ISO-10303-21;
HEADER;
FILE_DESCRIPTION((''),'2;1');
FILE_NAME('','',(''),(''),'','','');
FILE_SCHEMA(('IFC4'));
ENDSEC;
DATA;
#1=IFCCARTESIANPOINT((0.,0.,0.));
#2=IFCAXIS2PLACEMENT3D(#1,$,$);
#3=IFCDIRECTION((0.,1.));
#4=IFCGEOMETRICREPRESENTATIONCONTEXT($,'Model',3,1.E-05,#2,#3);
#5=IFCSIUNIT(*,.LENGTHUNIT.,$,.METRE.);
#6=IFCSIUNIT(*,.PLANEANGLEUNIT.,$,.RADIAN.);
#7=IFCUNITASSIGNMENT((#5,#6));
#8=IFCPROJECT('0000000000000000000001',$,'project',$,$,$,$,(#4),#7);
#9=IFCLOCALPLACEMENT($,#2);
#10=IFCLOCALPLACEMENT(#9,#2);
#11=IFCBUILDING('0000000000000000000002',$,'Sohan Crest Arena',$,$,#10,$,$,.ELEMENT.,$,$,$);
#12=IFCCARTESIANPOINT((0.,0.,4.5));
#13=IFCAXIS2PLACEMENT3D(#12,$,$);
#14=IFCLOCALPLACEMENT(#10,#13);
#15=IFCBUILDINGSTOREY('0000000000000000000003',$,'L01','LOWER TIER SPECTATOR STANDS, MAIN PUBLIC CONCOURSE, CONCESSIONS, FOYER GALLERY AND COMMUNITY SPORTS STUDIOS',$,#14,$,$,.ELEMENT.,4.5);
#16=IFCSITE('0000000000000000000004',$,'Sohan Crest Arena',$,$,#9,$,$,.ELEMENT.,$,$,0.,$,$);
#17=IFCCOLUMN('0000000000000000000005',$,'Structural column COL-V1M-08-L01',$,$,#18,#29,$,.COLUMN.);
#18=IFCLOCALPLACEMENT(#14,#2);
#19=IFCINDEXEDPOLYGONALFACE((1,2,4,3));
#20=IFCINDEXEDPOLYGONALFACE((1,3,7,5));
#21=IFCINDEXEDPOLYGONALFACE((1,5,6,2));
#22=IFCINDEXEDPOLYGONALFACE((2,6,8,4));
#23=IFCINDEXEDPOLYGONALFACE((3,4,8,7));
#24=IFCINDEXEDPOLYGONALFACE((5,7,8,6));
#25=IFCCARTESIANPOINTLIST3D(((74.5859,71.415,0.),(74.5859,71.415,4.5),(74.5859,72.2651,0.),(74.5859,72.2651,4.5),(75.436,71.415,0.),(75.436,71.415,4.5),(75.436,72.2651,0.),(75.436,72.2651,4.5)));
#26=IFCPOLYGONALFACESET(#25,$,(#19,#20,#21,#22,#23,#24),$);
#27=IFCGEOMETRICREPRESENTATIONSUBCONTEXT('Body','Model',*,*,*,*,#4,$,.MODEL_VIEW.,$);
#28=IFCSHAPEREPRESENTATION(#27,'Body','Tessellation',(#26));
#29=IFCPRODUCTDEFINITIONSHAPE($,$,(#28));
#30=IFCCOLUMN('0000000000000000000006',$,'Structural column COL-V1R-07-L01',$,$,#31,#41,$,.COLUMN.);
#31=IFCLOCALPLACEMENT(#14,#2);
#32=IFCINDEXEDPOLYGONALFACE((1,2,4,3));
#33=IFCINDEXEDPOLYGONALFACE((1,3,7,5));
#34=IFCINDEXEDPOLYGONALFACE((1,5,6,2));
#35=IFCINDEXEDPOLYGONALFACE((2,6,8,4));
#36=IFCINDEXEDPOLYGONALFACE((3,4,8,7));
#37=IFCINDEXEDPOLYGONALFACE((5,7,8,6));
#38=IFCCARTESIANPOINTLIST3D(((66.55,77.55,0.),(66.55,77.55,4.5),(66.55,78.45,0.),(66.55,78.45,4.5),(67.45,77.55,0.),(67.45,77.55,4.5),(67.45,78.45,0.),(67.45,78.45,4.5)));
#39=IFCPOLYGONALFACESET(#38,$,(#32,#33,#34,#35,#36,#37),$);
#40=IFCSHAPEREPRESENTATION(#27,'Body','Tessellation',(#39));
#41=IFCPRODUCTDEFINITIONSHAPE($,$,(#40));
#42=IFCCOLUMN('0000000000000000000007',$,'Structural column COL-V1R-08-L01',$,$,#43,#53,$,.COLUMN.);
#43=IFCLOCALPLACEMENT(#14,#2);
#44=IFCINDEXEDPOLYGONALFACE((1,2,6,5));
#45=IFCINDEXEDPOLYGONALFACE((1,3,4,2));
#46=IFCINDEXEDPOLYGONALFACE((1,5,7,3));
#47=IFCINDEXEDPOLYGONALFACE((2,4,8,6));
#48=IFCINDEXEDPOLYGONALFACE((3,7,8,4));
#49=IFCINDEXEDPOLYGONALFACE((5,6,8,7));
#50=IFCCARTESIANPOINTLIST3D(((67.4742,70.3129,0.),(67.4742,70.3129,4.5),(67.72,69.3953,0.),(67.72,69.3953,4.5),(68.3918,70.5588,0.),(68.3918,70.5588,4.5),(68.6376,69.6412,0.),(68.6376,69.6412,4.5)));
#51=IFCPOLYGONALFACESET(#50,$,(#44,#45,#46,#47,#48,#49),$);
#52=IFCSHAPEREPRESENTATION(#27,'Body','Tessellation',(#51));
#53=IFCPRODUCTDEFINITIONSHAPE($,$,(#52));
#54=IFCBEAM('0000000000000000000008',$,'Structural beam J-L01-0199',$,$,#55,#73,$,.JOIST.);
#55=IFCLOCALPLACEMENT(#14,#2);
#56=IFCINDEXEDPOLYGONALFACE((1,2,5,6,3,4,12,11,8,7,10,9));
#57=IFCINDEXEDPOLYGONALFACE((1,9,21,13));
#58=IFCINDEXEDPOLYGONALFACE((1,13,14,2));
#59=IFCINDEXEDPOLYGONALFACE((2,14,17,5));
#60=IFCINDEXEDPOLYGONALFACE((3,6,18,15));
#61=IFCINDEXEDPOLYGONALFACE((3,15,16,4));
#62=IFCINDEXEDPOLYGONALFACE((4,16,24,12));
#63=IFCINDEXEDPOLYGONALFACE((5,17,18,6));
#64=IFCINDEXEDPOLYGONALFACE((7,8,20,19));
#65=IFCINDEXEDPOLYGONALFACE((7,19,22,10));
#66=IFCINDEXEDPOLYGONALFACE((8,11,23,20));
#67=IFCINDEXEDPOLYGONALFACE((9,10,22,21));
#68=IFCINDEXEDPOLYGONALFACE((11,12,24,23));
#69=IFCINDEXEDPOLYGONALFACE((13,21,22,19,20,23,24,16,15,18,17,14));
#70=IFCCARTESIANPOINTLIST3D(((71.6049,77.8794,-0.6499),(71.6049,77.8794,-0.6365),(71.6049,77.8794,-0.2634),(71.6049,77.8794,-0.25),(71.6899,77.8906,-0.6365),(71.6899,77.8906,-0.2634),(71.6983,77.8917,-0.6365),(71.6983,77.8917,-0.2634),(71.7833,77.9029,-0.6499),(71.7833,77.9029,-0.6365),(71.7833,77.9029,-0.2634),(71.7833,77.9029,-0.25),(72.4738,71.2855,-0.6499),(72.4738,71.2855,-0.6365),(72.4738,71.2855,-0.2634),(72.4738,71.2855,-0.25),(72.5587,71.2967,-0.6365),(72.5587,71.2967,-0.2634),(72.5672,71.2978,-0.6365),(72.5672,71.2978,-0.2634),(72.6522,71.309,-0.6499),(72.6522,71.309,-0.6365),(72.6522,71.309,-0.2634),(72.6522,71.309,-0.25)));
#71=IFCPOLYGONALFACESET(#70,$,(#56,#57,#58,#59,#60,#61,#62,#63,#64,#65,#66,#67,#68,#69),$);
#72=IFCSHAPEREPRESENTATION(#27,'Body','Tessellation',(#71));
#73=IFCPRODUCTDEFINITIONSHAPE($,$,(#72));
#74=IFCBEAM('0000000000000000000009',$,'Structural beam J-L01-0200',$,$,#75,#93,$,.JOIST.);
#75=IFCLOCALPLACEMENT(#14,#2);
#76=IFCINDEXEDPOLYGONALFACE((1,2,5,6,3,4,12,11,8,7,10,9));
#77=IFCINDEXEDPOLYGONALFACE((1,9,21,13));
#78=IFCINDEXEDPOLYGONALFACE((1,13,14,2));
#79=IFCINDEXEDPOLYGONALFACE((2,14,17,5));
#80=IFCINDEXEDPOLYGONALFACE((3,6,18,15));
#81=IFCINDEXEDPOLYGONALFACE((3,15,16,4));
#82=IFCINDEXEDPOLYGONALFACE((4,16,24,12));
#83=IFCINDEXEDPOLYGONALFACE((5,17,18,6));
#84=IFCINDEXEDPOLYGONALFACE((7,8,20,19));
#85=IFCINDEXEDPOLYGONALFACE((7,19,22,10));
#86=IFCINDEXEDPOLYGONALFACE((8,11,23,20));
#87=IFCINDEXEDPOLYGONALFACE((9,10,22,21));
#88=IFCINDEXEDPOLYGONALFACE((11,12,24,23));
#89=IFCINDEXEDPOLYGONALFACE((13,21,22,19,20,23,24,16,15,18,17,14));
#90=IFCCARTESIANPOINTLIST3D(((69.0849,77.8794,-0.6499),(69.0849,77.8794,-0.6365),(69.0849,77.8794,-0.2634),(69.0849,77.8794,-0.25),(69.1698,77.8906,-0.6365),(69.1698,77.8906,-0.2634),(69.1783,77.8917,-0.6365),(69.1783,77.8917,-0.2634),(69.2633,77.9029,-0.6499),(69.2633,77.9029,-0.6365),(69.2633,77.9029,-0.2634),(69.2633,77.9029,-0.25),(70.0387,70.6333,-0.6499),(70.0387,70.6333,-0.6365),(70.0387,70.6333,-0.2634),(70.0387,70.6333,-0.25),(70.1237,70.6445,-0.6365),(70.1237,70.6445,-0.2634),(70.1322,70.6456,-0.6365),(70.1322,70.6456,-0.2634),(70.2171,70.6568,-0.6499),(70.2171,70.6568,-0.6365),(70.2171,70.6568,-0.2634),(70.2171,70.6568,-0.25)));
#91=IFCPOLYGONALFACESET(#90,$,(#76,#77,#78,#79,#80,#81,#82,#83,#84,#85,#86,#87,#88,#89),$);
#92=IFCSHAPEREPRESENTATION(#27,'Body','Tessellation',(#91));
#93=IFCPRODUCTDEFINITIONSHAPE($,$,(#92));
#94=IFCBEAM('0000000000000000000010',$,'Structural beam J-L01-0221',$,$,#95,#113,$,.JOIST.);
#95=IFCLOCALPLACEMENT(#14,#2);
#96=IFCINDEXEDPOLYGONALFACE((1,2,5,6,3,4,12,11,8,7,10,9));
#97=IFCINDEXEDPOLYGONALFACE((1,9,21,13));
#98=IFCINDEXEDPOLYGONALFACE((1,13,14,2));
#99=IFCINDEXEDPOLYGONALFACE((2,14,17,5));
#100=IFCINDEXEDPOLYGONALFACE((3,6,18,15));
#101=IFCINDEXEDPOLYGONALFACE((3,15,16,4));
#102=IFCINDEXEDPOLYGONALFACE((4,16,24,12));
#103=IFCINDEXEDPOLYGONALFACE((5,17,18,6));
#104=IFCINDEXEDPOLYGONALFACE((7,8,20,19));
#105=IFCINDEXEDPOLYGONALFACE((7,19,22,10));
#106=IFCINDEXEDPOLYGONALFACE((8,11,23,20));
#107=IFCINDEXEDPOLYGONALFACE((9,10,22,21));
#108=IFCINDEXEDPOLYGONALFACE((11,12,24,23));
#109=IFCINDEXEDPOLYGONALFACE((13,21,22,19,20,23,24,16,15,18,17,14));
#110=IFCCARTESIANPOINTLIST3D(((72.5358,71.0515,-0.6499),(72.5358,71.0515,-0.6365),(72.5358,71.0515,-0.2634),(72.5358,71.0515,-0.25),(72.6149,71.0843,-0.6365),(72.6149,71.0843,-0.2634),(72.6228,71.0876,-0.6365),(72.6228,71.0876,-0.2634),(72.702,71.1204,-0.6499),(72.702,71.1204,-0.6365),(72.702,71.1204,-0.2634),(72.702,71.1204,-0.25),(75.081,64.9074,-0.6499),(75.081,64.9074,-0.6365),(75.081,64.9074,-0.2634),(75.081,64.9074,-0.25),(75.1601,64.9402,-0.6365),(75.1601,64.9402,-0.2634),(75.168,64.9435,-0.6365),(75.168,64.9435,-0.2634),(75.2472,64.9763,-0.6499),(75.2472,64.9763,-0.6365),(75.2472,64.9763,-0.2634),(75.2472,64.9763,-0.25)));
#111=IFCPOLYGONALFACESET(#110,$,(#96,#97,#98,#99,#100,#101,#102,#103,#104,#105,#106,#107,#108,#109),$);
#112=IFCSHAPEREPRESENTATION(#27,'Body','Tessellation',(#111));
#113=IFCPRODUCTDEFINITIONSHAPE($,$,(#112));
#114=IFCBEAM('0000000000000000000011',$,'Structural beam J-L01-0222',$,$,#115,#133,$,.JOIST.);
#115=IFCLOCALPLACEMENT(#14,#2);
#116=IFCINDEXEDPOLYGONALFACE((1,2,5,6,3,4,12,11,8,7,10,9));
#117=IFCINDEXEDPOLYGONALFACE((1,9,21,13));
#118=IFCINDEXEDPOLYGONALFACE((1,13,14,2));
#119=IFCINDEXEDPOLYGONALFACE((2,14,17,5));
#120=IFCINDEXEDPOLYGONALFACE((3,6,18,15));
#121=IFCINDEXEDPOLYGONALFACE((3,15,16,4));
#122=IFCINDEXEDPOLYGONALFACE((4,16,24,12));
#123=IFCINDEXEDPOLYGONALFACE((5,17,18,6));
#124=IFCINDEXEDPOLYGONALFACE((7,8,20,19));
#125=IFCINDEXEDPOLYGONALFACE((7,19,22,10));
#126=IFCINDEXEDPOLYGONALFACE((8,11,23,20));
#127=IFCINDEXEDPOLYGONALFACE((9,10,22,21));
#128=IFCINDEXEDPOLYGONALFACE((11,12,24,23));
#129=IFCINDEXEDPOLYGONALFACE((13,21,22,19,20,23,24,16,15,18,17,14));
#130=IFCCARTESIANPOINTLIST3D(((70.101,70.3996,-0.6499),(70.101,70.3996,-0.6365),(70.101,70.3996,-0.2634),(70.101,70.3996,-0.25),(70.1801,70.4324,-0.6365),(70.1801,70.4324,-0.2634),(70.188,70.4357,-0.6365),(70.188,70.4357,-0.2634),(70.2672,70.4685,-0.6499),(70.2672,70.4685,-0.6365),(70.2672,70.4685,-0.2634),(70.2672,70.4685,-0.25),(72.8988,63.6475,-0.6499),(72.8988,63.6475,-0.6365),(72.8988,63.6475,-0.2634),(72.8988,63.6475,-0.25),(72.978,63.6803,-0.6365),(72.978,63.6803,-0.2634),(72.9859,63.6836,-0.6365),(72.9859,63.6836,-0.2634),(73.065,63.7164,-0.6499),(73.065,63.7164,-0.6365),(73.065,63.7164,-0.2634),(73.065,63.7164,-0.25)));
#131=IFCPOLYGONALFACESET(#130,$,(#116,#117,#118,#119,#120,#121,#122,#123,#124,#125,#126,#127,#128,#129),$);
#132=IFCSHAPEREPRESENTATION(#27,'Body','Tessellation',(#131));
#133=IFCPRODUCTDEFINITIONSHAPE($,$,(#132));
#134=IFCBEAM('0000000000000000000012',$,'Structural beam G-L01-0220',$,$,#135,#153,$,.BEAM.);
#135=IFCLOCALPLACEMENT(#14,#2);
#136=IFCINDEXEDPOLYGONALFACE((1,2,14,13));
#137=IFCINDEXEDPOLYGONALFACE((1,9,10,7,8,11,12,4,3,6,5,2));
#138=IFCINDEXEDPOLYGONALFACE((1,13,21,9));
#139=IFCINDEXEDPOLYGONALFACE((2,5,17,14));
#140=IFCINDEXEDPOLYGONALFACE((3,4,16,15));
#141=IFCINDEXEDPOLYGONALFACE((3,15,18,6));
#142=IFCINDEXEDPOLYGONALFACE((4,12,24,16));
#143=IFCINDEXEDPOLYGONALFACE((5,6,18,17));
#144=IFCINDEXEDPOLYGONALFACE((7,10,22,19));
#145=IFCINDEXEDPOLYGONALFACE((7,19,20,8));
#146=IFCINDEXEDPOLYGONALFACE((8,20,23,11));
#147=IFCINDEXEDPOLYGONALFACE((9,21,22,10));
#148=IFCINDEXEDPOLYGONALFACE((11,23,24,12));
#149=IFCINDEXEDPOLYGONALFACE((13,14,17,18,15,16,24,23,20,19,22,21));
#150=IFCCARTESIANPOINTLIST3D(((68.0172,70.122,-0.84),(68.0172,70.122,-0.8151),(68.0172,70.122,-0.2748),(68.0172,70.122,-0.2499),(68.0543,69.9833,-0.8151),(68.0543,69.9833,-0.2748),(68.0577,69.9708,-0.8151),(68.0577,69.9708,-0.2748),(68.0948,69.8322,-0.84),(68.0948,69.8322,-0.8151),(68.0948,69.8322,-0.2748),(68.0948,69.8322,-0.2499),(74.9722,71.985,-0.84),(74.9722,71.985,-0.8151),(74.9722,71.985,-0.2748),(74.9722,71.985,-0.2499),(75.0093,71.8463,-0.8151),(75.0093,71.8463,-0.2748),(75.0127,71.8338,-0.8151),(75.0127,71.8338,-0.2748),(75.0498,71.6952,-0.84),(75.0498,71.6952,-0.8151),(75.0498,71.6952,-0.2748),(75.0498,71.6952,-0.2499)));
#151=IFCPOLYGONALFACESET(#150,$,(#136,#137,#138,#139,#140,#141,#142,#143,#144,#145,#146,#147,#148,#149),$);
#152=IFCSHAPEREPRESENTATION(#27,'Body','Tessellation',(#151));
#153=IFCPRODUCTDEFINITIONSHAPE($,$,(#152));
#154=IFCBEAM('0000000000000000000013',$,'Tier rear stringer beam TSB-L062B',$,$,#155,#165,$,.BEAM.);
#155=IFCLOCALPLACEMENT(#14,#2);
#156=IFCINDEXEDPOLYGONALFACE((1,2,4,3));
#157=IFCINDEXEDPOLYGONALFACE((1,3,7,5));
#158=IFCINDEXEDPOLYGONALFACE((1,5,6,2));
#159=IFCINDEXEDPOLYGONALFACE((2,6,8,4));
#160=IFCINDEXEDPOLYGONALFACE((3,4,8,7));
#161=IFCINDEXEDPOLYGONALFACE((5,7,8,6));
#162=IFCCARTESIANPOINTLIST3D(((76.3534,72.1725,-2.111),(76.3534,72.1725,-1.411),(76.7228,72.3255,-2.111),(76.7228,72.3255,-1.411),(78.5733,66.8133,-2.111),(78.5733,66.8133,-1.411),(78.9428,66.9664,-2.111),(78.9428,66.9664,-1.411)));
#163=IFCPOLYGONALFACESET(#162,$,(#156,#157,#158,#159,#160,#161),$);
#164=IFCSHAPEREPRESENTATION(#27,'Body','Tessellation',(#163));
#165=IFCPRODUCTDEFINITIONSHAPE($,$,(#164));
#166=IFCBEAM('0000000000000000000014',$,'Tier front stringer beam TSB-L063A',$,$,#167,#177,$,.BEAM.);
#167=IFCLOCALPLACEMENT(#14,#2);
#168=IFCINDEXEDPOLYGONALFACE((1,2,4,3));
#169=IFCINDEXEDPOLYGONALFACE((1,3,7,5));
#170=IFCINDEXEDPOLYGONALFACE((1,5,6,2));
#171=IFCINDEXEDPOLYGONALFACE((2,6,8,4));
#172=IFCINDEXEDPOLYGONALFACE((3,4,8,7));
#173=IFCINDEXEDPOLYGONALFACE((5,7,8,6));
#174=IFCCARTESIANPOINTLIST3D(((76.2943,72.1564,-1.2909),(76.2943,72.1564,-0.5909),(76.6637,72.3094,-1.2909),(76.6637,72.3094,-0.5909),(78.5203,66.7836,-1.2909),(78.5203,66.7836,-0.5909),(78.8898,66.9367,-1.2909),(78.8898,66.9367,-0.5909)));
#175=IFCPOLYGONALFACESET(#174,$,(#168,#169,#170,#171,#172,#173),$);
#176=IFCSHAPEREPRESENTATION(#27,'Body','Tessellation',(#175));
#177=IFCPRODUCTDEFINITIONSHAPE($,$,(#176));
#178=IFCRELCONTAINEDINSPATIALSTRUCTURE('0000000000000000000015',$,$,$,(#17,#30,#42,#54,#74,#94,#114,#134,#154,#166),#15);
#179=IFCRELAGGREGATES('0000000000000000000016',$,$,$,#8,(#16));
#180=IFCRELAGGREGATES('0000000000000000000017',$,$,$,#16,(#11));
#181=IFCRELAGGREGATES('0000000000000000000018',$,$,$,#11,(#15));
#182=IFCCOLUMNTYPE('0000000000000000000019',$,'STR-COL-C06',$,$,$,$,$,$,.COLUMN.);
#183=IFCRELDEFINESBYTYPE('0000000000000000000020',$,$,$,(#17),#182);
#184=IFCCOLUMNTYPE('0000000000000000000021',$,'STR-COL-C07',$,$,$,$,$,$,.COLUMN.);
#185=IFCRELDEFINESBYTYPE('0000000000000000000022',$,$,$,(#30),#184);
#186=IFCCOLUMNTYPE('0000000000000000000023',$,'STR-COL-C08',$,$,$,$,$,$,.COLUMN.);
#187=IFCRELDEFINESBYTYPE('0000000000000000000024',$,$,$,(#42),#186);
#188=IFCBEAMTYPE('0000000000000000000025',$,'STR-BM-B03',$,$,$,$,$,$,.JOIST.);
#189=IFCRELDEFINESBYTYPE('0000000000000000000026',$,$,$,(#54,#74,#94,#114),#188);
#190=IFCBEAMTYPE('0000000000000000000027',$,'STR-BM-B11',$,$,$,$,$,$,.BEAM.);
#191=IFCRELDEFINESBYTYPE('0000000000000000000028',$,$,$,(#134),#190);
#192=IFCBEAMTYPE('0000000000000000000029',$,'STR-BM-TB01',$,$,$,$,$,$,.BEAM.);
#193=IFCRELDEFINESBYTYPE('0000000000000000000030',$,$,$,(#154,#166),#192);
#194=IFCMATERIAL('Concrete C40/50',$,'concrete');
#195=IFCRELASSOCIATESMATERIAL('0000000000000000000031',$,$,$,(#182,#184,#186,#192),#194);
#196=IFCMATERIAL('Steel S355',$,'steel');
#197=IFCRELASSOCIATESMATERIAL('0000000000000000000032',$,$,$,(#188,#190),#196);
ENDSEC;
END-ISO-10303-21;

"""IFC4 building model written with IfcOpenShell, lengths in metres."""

from ifc_helpers import new_model, si_unit, direction, frame, origin, origin_2d, place, context, subcontext, project, spatial, rectangle, i_section, extrude, material, material_profile, profile_set, type_object, element, save


model = new_model("IFC4")

# Units and contexts
model_context = context("Model", 3, precision=1e-05, world=origin(), true_north=direction((0.0, 1.0)))
body_context = subcontext(model_context, "Body", "Model", "MODEL_VIEW")
ifc_project = project(units=[si_unit("LENGTHUNIT", "METRE"), si_unit("PLANEANGLEUNIT", "RADIAN")], contexts=[model_context])

# Site, building, storey
site_placement = place(None, origin())
site = spatial("IfcSite", under=ifc_project, at=site_placement, Name="Sohan Crest Arena", CompositionType="ELEMENT", RefElevation=0.0)
building_placement = place(site_placement, origin())
building = spatial("IfcBuilding", under=site, at=building_placement, Name="Sohan Crest Arena", CompositionType="ELEMENT")
storey_placement = place(building_placement, frame((0.0, 0.0, 4.5)))
storey = spatial("IfcBuildingStorey", under=building, at=storey_placement, Name="L01", Description="LOWER TIER SPECTATOR STANDS, MAIN PUBLIC CONCOURSE, CONCESSIONS, FOYER GALLERY AND COMMUNITY SPORTS STUDIOS", CompositionType="ELEMENT", Elevation=4.5)

# Columns
ifc_material_1 = material(Name="Concrete C40/50", Category="concrete")
ifc_material_profile_1 = material_profile(ifc_material_1, rectangle(XDim=0.8501, YDim=0.8501, at=origin_2d()), Name="RC 850x850")
ifc_profile_set_1 = profile_set([ifc_material_profile_1], Name="Concrete C40/50")
column_type_1 = type_object("IfcColumnType", Name="STR-COL-C06", PredefinedType="COLUMN", material=ifc_profile_set_1)
column_1_placement = place(storey_placement, frame((75.011, 71.8401, 0.0), z_axis=(0.0, 0.0, 1.0), x_axis=(1.0, 0.0, 0.0)))
element("IfcColumn", 1, at=column_1_placement, inside=storey, type_object=column_type_1, Name="Structural column COL-V1M-08-L01", PredefinedType="COLUMN", context=body_context, shape_type="SweptSolid", body=[
    extrude(rectangle(XDim=0.8501, YDim=0.8501, at=origin_2d()), origin(), (0.0, 0.0, 1.0), 4.5),
])
ifc_material_profile_2 = material_profile(ifc_material_1, rectangle(XDim=0.8999, YDim=0.8999, at=origin_2d()), Name="RC 900x900")
ifc_profile_set_2 = profile_set([ifc_material_profile_2], Name="Concrete C40/50")
column_type_2 = type_object("IfcColumnType", Name="STR-COL-C07", PredefinedType="COLUMN", material=ifc_profile_set_2)
column_2_placement = place(storey_placement, frame((67.0, 78.0, 0.0), z_axis=(0.0, 0.0, 1.0), x_axis=(1.0, 0.0, 0.0)))
element("IfcColumn", 2, at=column_2_placement, inside=storey, type_object=column_type_2, Name="Structural column COL-V1R-07-L01", PredefinedType="COLUMN", context=body_context, shape_type="SweptSolid", body=[
    extrude(rectangle(XDim=0.8999, YDim=0.8999, at=origin_2d()), origin(), (0.0, 0.0, 1.0), 4.5),
])
ifc_material_profile_3 = material_profile(ifc_material_1, rectangle(XDim=0.95, YDim=0.95, at=origin_2d()), Name="RC 950x950")
ifc_profile_set_3 = profile_set([ifc_material_profile_3], Name="Concrete C40/50")
column_type_3 = type_object("IfcColumnType", Name="STR-COL-C08", PredefinedType="COLUMN", material=ifc_profile_set_3)
column_3_placement = place(storey_placement, frame((68.0559, 69.9771, 0.0), z_axis=(0.0, 0.0, 1.0), x_axis=(0.965926, 0.258819, 0.0)))
element("IfcColumn", 3, at=column_3_placement, inside=storey, type_object=column_type_3, Name="Structural column COL-V1R-08-L01", PredefinedType="COLUMN", context=body_context, shape_type="SweptSolid", body=[
    extrude(rectangle(XDim=0.95, YDim=0.95, at=origin_2d()), origin(), (0.0, 0.0, 1.0), 4.5),
])

# Beams
ifc_material_2 = material(Name="Steel S355", Category="steel")
ifc_material_profile_4 = material_profile(ifc_material_2, i_section(OverallWidth=0.1799, OverallDepth=0.3999, WebThickness=0.0085, FlangeThickness=0.0134, at=origin_2d()), Name="IPE 400")
ifc_profile_set_4 = profile_set([ifc_material_profile_4], Name="Steel S355")
beam_type_1 = type_object("IfcBeamType", Name="STR-BM-B03", PredefinedType="JOIST", material=ifc_profile_set_4)
beam_1_placement = place(storey_placement, frame((71.6941, 77.8911, -0.45), z_axis=(0.130642, -0.99143, 0.0), x_axis=(0.99143, 0.130642, 0.0)))
element("IfcBeam", 4, at=beam_1_placement, inside=storey, type_object=beam_type_1, Name="Structural beam J-L01-0199", PredefinedType="JOIST", context=body_context, shape_type="SweptSolid", body=[
    extrude(i_section(OverallWidth=0.1799, OverallDepth=0.3999, WebThickness=0.0085, FlangeThickness=0.0134, at=origin_2d()), origin(), (0.0, 0.0, 1.0), 6.6509),
])
beam_2_placement = place(storey_placement, frame((69.1741, 77.8911, -0.45), z_axis=(0.130512, -0.991447, 0.0), x_axis=(0.991447, 0.130512, 0.0)))
element("IfcBeam", 5, at=beam_2_placement, inside=storey, type_object=beam_type_1, Name="Structural beam J-L01-0200", PredefinedType="JOIST", context=body_context, shape_type="SweptSolid", body=[
    extrude(i_section(OverallWidth=0.1799, OverallDepth=0.3999, WebThickness=0.0085, FlangeThickness=0.0134, at=origin_2d()), origin(), (0.0, 0.0, 1.0), 7.3086),
])
beam_3_placement = place(storey_placement, frame((72.6189, 71.0859, -0.45), z_axis=(0.382712, -0.923868, 0.0), x_axis=(0.923868, 0.382712, 0.0)))
element("IfcBeam", 6, at=beam_3_placement, inside=storey, type_object=beam_type_1, Name="Structural beam J-L01-0221", PredefinedType="JOIST", context=body_context, shape_type="SweptSolid", body=[
    extrude(i_section(OverallWidth=0.1799, OverallDepth=0.3999, WebThickness=0.0085, FlangeThickness=0.0134, at=origin_2d()), origin(), (0.0, 0.0, 1.0), 6.6504),
])
beam_4_placement = place(storey_placement, frame((70.1841, 70.4341, -0.45), z_axis=(0.3828, -0.923831, 0.0), x_axis=(0.923831, 0.3828, 0.0)))
element("IfcBeam", 7, at=beam_4_placement, inside=storey, type_object=beam_type_1, Name="Structural beam J-L01-0222", PredefinedType="JOIST", context=body_context, shape_type="SweptSolid", body=[
    extrude(i_section(OverallWidth=0.1799, OverallDepth=0.3999, WebThickness=0.0085, FlangeThickness=0.0134, at=origin_2d()), origin(), (0.0, 0.0, 1.0), 7.3088),
])
ifc_material_profile_5 = material_profile(ifc_material_2, i_section(OverallWidth=0.3, OverallDepth=0.5901, WebThickness=0.0129, FlangeThickness=0.0249, at=origin_2d()), Name="HEA 600")
ifc_profile_set_5 = profile_set([ifc_material_profile_5], Name="Steel S355")
beam_type_2 = type_object("IfcBeamType", Name="STR-BM-B11", PredefinedType="BEAM", material=ifc_profile_set_5)
beam_5_placement = place(storey_placement, frame((75.011, 71.8401, -0.5449), z_axis=(-0.965946, -0.258745, 0.0), x_axis=(0.258745, -0.965946, 0.0)))
element("IfcBeam", 8, at=beam_5_placement, inside=storey, type_object=beam_type_2, Name="Structural beam G-L01-0220", PredefinedType="BEAM", context=body_context, shape_type="SweptSolid", body=[
    extrude(i_section(OverallWidth=0.3, OverallDepth=0.5901, WebThickness=0.0129, FlangeThickness=0.0249, at=origin_2d()), origin(), (0.0, 0.0, 1.0), 7.2002),
])
ifc_material_profile_6 = material_profile(ifc_material_1, rectangle(XDim=0.3999, YDim=0.7, at=origin_2d()), Name="RC-BM 400x700")
ifc_profile_set_6 = profile_set([ifc_material_profile_6], Name="Concrete C40/50")
beam_type_3 = type_object("IfcBeamType", Name="STR-BM-TB01", PredefinedType="BEAM", material=ifc_profile_set_6)
beam_6_placement = place(storey_placement, frame((76.5381, 72.249, -1.761), z_axis=(0.382705, -0.923871, 0.0), x_axis=(0.923871, 0.382705, 0.0)))
element("IfcBeam", 9, at=beam_6_placement, inside=storey, type_object=beam_type_3, Name="Tier rear stringer beam TSB-L062B", PredefinedType="BEAM", context=body_context, shape_type="SweptSolid", body=[
    extrude(rectangle(XDim=0.3999, YDim=0.7, at=origin_2d()), origin(), (0.0, 0.0, 1.0), 5.8008),
])
beam_7_placement = place(storey_placement, frame((76.479, 72.2329, -0.9409), z_axis=(0.38277, -0.923844, 0.0), x_axis=(0.923844, 0.38277, 0.0)))
element("IfcBeam", 10, at=beam_7_placement, inside=storey, type_object=beam_type_3, Name="Tier front stringer beam TSB-L063A", PredefinedType="BEAM", context=body_context, shape_type="SweptSolid", body=[
    extrude(rectangle(XDim=0.3999, YDim=0.7, at=origin_2d()), origin(), (0.0, 0.0, 1.0), 5.8157),
])

save(model, "model.ifc")
